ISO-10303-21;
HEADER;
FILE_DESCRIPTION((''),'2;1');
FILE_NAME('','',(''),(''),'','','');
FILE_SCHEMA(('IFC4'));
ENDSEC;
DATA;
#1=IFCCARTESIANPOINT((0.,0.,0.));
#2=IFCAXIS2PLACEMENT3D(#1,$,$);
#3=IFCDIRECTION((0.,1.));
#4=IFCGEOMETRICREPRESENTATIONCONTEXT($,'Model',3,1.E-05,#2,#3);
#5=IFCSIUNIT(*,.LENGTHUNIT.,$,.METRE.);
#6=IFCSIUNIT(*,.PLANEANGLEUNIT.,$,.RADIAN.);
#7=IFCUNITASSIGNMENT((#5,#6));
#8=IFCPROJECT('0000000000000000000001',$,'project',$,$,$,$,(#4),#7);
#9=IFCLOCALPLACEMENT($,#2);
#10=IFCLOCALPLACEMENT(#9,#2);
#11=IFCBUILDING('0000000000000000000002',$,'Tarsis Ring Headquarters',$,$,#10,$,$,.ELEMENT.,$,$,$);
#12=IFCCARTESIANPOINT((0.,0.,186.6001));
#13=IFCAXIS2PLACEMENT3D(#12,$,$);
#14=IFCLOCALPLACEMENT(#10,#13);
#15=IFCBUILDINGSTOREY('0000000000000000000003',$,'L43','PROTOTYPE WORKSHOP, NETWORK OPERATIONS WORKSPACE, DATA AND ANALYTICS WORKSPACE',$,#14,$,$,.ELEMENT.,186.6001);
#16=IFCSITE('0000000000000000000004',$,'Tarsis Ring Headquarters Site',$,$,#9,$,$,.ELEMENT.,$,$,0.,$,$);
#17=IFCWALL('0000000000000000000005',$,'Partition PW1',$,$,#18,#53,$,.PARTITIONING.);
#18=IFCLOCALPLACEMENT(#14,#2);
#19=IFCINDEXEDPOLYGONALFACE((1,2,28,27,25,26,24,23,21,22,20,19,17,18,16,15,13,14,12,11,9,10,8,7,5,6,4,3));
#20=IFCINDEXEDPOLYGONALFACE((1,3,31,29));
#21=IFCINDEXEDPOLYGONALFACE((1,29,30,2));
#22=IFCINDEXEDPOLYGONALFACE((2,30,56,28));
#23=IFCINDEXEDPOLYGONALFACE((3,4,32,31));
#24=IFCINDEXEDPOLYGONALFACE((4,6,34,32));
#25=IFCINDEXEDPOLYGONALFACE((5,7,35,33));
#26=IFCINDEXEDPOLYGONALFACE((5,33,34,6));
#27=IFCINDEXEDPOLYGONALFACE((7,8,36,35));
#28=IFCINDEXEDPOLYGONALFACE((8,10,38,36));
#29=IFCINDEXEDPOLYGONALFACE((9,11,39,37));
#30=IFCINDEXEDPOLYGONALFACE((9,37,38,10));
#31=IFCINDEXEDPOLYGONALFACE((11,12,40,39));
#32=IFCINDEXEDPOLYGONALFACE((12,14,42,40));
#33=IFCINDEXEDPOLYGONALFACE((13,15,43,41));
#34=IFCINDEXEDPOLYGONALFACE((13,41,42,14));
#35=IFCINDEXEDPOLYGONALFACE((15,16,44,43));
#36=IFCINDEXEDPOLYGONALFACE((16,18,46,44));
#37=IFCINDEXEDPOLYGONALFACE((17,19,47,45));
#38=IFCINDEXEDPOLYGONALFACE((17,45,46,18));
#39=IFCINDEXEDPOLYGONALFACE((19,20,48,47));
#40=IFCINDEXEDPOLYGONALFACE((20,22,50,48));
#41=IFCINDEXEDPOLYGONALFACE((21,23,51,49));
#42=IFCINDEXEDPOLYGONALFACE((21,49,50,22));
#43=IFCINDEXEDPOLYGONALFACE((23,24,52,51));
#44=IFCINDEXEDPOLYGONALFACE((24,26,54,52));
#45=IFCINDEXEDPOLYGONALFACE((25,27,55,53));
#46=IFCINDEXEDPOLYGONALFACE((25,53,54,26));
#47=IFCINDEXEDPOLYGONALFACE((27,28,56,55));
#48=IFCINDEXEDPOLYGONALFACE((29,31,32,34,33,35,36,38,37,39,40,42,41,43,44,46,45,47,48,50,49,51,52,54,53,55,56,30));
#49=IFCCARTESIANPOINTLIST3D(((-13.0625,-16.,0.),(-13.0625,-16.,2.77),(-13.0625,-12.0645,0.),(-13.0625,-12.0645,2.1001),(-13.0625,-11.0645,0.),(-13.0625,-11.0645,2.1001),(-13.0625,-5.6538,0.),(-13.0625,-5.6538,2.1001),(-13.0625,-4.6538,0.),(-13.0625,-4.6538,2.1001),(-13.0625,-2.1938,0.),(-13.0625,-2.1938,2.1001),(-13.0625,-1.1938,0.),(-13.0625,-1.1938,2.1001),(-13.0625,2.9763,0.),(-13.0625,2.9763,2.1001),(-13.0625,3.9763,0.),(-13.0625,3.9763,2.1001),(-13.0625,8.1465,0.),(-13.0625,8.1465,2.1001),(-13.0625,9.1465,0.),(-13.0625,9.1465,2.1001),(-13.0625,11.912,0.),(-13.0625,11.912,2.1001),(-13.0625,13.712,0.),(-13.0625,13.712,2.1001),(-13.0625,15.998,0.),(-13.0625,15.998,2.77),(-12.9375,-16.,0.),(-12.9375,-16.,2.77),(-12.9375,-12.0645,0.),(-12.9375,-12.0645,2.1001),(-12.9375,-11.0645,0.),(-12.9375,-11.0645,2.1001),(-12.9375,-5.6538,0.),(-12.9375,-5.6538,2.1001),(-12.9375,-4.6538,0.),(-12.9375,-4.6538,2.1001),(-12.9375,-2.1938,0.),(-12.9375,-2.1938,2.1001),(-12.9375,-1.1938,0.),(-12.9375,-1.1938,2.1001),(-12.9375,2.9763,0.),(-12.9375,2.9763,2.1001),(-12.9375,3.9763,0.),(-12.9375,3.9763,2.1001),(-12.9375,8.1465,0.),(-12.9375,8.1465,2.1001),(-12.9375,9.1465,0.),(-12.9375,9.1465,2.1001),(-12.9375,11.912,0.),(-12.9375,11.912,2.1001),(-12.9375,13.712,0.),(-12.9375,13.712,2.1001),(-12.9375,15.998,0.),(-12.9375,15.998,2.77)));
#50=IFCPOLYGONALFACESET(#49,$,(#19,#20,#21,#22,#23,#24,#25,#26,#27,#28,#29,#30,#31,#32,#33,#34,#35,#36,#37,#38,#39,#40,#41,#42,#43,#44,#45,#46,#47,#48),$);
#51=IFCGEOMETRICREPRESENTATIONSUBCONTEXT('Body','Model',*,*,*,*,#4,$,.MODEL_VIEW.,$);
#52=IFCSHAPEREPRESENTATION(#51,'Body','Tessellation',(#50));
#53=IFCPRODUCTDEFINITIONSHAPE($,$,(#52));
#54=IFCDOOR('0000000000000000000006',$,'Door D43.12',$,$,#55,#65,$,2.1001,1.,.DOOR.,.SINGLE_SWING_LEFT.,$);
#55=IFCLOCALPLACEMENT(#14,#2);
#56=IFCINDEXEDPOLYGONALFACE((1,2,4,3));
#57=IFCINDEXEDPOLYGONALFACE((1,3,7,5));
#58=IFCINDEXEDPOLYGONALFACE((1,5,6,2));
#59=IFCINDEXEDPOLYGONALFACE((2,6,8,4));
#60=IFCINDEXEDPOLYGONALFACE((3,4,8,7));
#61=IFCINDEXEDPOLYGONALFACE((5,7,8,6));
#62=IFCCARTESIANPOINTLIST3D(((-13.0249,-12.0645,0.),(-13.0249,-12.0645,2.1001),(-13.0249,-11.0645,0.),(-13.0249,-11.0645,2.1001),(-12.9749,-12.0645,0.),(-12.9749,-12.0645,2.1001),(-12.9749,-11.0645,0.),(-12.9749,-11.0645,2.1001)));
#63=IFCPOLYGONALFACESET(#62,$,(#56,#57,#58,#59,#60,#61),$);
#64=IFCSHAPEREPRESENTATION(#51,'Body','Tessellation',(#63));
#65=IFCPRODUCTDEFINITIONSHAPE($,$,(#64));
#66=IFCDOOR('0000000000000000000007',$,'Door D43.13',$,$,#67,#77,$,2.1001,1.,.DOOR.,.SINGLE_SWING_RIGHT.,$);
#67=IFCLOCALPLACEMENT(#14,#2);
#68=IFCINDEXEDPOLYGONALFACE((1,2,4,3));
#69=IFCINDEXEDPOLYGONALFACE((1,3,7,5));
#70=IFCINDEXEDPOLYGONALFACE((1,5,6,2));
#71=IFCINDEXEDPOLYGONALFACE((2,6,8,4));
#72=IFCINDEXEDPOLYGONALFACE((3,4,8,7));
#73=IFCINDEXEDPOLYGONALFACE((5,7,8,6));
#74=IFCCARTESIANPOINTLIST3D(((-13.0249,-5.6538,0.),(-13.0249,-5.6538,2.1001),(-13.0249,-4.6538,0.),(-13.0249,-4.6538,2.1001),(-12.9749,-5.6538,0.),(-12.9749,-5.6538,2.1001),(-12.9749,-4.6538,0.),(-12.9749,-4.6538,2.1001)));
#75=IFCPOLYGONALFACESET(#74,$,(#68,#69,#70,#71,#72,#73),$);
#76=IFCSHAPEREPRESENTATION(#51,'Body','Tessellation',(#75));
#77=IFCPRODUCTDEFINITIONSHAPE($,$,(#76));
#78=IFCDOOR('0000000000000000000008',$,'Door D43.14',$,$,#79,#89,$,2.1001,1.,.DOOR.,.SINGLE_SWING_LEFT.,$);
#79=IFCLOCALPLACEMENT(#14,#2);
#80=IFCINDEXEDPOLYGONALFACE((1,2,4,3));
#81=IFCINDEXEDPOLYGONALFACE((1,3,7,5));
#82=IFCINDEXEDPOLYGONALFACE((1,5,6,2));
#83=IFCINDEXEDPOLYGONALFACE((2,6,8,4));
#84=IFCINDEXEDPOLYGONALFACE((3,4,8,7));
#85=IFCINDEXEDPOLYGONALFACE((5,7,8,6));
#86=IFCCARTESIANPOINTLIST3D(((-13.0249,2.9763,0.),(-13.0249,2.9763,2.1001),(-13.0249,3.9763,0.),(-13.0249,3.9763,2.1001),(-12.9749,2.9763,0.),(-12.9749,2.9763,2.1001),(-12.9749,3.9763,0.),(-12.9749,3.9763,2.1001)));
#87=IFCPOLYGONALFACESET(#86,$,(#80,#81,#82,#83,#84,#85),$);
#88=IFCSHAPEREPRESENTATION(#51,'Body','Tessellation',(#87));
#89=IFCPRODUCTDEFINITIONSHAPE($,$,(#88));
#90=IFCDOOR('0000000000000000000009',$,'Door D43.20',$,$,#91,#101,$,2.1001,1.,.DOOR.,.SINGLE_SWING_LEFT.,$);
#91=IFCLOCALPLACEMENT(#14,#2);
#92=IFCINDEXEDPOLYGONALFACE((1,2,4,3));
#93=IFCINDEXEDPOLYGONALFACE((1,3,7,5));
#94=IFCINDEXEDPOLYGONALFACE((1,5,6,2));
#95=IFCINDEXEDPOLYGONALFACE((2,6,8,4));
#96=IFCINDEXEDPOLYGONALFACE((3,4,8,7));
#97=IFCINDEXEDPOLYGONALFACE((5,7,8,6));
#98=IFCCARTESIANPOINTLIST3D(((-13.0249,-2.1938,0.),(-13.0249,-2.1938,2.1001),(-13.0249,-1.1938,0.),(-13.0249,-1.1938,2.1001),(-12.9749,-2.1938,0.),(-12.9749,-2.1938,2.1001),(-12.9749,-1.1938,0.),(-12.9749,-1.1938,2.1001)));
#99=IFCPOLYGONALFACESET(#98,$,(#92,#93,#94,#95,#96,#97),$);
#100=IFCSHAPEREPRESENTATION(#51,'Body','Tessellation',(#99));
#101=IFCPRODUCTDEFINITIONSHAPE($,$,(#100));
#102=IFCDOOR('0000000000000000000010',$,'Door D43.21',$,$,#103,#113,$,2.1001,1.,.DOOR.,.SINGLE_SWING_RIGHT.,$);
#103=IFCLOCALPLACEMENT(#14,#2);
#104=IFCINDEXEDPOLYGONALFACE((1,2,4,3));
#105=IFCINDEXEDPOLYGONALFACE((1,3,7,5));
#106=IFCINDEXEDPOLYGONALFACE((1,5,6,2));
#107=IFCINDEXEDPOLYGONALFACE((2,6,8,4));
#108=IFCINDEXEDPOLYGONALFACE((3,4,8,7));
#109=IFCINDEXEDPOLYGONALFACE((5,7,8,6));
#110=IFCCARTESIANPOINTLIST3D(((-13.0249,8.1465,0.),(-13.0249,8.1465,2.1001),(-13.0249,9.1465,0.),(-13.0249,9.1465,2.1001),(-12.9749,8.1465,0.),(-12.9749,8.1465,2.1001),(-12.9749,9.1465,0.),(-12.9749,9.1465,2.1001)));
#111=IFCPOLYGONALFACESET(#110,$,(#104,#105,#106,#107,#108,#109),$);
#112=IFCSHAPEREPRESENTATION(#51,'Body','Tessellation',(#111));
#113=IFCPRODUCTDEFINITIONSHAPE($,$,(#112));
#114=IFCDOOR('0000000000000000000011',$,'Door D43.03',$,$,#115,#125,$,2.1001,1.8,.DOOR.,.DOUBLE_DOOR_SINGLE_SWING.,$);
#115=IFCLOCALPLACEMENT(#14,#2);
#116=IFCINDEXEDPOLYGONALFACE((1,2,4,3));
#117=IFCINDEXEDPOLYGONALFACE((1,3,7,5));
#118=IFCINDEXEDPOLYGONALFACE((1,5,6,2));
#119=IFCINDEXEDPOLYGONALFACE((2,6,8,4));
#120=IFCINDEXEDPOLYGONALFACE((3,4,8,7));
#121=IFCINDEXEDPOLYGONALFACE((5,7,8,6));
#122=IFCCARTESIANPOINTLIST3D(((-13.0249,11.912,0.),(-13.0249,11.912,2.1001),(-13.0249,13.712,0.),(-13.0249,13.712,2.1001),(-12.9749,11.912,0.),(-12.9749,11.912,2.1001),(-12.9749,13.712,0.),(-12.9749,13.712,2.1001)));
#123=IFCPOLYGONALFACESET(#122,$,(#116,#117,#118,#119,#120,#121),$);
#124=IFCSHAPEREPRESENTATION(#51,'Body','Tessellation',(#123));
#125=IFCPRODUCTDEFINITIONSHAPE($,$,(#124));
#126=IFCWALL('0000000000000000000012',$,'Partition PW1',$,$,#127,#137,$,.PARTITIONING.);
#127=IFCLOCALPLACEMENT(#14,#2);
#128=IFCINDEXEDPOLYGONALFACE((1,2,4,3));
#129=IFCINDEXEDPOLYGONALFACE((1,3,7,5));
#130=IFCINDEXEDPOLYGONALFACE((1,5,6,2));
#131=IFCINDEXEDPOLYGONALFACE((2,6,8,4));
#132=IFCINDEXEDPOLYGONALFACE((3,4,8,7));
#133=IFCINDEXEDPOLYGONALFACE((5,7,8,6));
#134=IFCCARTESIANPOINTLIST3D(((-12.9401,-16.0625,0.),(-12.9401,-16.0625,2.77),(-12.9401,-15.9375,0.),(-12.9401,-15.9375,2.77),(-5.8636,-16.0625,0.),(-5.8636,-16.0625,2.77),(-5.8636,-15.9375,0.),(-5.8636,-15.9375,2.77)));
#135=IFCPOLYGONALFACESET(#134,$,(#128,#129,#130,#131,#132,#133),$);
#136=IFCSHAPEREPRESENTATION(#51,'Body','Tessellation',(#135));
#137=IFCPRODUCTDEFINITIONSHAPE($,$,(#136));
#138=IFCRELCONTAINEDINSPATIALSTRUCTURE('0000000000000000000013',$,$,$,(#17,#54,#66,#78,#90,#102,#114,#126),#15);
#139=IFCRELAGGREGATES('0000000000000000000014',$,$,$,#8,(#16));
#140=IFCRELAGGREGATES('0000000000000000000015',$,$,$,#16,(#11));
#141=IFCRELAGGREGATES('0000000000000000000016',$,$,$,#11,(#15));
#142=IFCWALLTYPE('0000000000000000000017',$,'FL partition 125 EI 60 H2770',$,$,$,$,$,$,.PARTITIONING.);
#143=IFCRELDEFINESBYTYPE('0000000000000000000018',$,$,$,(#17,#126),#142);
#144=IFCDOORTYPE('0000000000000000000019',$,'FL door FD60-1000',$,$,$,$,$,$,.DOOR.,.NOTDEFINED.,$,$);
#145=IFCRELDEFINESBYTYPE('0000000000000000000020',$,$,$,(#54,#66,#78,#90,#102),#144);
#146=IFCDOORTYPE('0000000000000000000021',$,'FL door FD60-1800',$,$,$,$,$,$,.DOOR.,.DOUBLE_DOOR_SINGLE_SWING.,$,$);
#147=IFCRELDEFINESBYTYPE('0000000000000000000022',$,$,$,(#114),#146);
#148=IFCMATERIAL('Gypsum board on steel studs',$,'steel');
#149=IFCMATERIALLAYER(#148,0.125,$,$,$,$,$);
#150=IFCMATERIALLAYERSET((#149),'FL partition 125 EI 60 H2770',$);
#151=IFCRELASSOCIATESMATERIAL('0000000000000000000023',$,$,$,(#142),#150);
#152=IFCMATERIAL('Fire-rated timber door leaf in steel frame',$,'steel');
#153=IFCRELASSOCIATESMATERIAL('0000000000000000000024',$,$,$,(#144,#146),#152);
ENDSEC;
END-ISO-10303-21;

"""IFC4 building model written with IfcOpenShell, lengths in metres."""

from ifc_helpers import new_model, si_unit, direction, frame, frame_2d, origin, place, context, subcontext, project, spatial, rectangle, extrude, material, layer, layer_set, type_object, element, fill, save


model = new_model("IFC4")

# Units and contexts
model_context = context("Model", 3, precision=1e-05, world=origin(), true_north=direction((0.0, 1.0)))
body_context = subcontext(model_context, "Body", "Model", "MODEL_VIEW")
ifc_project = project(units=[si_unit("LENGTHUNIT", "METRE"), si_unit("PLANEANGLEUNIT", "RADIAN")], contexts=[model_context])

# Site, building, storey
site_placement = place(None, origin())
site = spatial("IfcSite", under=ifc_project, at=site_placement, Name="Tarsis Ring Headquarters Site", CompositionType="ELEMENT", RefElevation=0.0)
building_placement = place(site_placement, origin())
building = spatial("IfcBuilding", under=site, at=building_placement, Name="Tarsis Ring Headquarters", CompositionType="ELEMENT")
storey_placement = place(building_placement, frame((0.0, 0.0, 186.6001)))
storey = spatial("IfcBuildingStorey", under=building, at=storey_placement, Name="L43", Description="PROTOTYPE WORKSHOP, NETWORK OPERATIONS WORKSPACE, DATA AND ANALYTICS WORKSPACE", CompositionType="ELEMENT", Elevation=186.6001)

# Shared definitions
ifc_material_1 = material(Name="Gypsum board on steel studs", Category="steel")

# Wall, openings, doors
ifc_layer_1 = layer(ifc_material_1, 0.125)
ifc_layer_set_1 = layer_set([ifc_layer_1], Name="FL partition 125 EI 60 H2770")
wall_type_1 = type_object("IfcWallType", Name="FL partition 125 EI 60 H2770", PredefinedType="PARTITIONING", material=ifc_layer_set_1)
wall_1_placement = place(storey_placement, frame((-13.0, -16.0, 0.0), z_axis=(0.0, 0.0, 1.0), x_axis=(0.0, 1.0, 0.0)))
wall_1 = element("IfcWall", 1, at=wall_1_placement, inside=storey, type_object=wall_type_1, Name="Partition PW1", PredefinedType="PARTITIONING", context=body_context, shape_type="SweptSolid", body=[
    extrude(rectangle(XDim=31.998, YDim=0.125, at=frame_2d((15.999, 0.0))), origin(), (0.0, 0.0, 1.0), 2.77),
])
opening_1_placement = place(wall_1_placement, frame((27.9121, 0.0, 0.0)))
opening_1 = element("IfcOpeningElement", 2, at=opening_1_placement, cuts=wall_1, PredefinedType="OPENING", context=body_context, shape_type="SweptSolid", body=[
    extrude(rectangle(XDim=1.8, YDim=2.1001, at=frame_2d((0.8999, 1.05))), frame((0.0, 0.0725, 0.0), z_axis=(0.0, -1.0, 0.0), x_axis=(1.0, 0.0, 0.0)), (0.0, 0.0, 1.0), 0.145),
])
opening_2_placement = place(wall_1_placement, frame((3.9355, 0.0, 0.0)))
opening_2 = element("IfcOpeningElement", 3, at=opening_2_placement, cuts=wall_1, PredefinedType="OPENING", context=body_context, shape_type="SweptSolid", body=[
    extrude(rectangle(XDim=1.0, YDim=2.1001, at=frame_2d((0.5, 1.05))), frame((0.0, 0.0725, 0.0), z_axis=(0.0, -1.0, 0.0), x_axis=(1.0, 0.0, 0.0)), (0.0, 0.0, 1.0), 0.145),
])
opening_3_placement = place(wall_1_placement, frame((10.3462, 0.0, 0.0)))
opening_3 = element("IfcOpeningElement", 4, at=opening_3_placement, cuts=wall_1, PredefinedType="OPENING", context=body_context, shape_type="SweptSolid", body=[
    extrude(rectangle(XDim=1.0, YDim=2.1001, at=frame_2d((0.5, 1.05))), frame((0.0, 0.0725, 0.0), z_axis=(0.0, -1.0, 0.0), x_axis=(1.0, 0.0, 0.0)), (0.0, 0.0, 1.0), 0.145),
])
opening_4_placement = place(wall_1_placement, frame((18.9763, 0.0, 0.0)))
opening_4 = element("IfcOpeningElement", 5, at=opening_4_placement, cuts=wall_1, PredefinedType="OPENING", context=body_context, shape_type="SweptSolid", body=[
    extrude(rectangle(XDim=1.0, YDim=2.1001, at=frame_2d((0.5, 1.05))), frame((0.0, 0.0725, 0.0), z_axis=(0.0, -1.0, 0.0), x_axis=(1.0, 0.0, 0.0)), (0.0, 0.0, 1.0), 0.145),
])
opening_5_placement = place(wall_1_placement, frame((13.8062, 0.0, 0.0)))
opening_5 = element("IfcOpeningElement", 6, at=opening_5_placement, cuts=wall_1, PredefinedType="OPENING", context=body_context, shape_type="SweptSolid", body=[
    extrude(rectangle(XDim=1.0, YDim=2.1001, at=frame_2d((0.5, 1.05))), frame((0.0, 0.0725, 0.0), z_axis=(0.0, -1.0, 0.0), x_axis=(1.0, 0.0, 0.0)), (0.0, 0.0, 1.0), 0.145),
])
opening_6_placement = place(wall_1_placement, frame((24.1465, 0.0, 0.0)))
opening_6 = element("IfcOpeningElement", 7, at=opening_6_placement, cuts=wall_1, PredefinedType="OPENING", context=body_context, shape_type="SweptSolid", body=[
    extrude(rectangle(XDim=1.0, YDim=2.1001, at=frame_2d((0.5, 1.05))), frame((0.0, 0.0725, 0.0), z_axis=(0.0, -1.0, 0.0), x_axis=(1.0, 0.0, 0.0)), (0.0, 0.0, 1.0), 0.145),
])
ifc_material_2 = material(Name="Fire-rated timber door leaf in steel frame", Category="steel")
door_type_1 = type_object("IfcDoorType", Name="FL door FD60-1000", OperationType="NOTDEFINED", PredefinedType="DOOR", material=ifc_material_2)
door_1_placement = place(opening_2_placement, origin())
door_1 = element("IfcDoor", 8, at=door_1_placement, inside=storey, type_object=door_type_1, Name="Door D43.12", OperationType="SINGLE_SWING_LEFT", OverallHeight=2.1001, OverallWidth=1.0, PredefinedType="DOOR", context=body_context, shape_type="SweptSolid", body=[
    extrude(rectangle(XDim=1.0, YDim=2.1001, at=frame_2d((0.5, 1.05))), frame((0.0, 0.0249, 0.0), z_axis=(0.0, -1.0, 0.0), x_axis=(1.0, 0.0, 0.0)), (0.0, 0.0, 1.0), 0.05),
])
fill(opening_2, door_1)
door_2_placement = place(opening_3_placement, origin())
door_2 = element("IfcDoor", 9, at=door_2_placement, inside=storey, type_object=door_type_1, Name="Door D43.13", OperationType="SINGLE_SWING_RIGHT", OverallHeight=2.1001, OverallWidth=1.0, PredefinedType="DOOR", context=body_context, shape_type="SweptSolid", body=[
    extrude(rectangle(XDim=1.0, YDim=2.1001, at=frame_2d((0.5, 1.05))), frame((0.0, 0.0249, 0.0), z_axis=(0.0, -1.0, 0.0), x_axis=(1.0, 0.0, 0.0)), (0.0, 0.0, 1.0), 0.05),
])
fill(opening_3, door_2)
door_3_placement = place(opening_4_placement, origin())
door_3 = element("IfcDoor", 10, at=door_3_placement, inside=storey, type_object=door_type_1, Name="Door D43.14", OperationType="SINGLE_SWING_LEFT", OverallHeight=2.1001, OverallWidth=1.0, PredefinedType="DOOR", context=body_context, shape_type="SweptSolid", body=[
    extrude(rectangle(XDim=1.0, YDim=2.1001, at=frame_2d((0.5, 1.05))), frame((0.0, 0.0249, 0.0), z_axis=(0.0, -1.0, 0.0), x_axis=(1.0, 0.0, 0.0)), (0.0, 0.0, 1.0), 0.05),
])
fill(opening_4, door_3)
door_4_placement = place(opening_5_placement, origin())
door_4 = element("IfcDoor", 11, at=door_4_placement, inside=storey, type_object=door_type_1, Name="Door D43.20", OperationType="SINGLE_SWING_LEFT", OverallHeight=2.1001, OverallWidth=1.0, PredefinedType="DOOR", context=body_context, shape_type="SweptSolid", body=[
    extrude(rectangle(XDim=1.0, YDim=2.1001, at=frame_2d((0.5, 1.05))), frame((0.0, 0.0249, 0.0), z_axis=(0.0, -1.0, 0.0), x_axis=(1.0, 0.0, 0.0)), (0.0, 0.0, 1.0), 0.05),
])
fill(opening_5, door_4)
door_5_placement = place(opening_6_placement, origin())
door_5 = element("IfcDoor", 12, at=door_5_placement, inside=storey, type_object=door_type_1, Name="Door D43.21", OperationType="SINGLE_SWING_RIGHT", OverallHeight=2.1001, OverallWidth=1.0, PredefinedType="DOOR", context=body_context, shape_type="SweptSolid", body=[
    extrude(rectangle(XDim=1.0, YDim=2.1001, at=frame_2d((0.5, 1.05))), frame((0.0, 0.0249, 0.0), z_axis=(0.0, -1.0, 0.0), x_axis=(1.0, 0.0, 0.0)), (0.0, 0.0, 1.0), 0.05),
])
fill(opening_6, door_5)
door_type_2 = type_object("IfcDoorType", Name="FL door FD60-1800", OperationType="DOUBLE_DOOR_SINGLE_SWING", PredefinedType="DOOR", material=ifc_material_2)
door_6_placement = place(opening_1_placement, origin())
door_6 = element("IfcDoor", 13, at=door_6_placement, inside=storey, type_object=door_type_2, Name="Door D43.03", OperationType="DOUBLE_DOOR_SINGLE_SWING", OverallHeight=2.1001, OverallWidth=1.8, PredefinedType="DOOR", context=body_context, shape_type="SweptSolid", body=[
    extrude(rectangle(XDim=1.8, YDim=2.1001, at=frame_2d((0.8999, 1.05))), frame((0.0, 0.0249, 0.0), z_axis=(0.0, -1.0, 0.0), x_axis=(1.0, 0.0, 0.0)), (0.0, 0.0, 1.0), 0.05),
])
fill(opening_1, door_6)

# Wall
wall_2_placement = place(storey_placement, frame((-12.9399, -16.0, 0.0), z_axis=(0.0, 0.0, 1.0), x_axis=(1.0, 0.0, 0.0)))
element("IfcWall", 14, at=wall_2_placement, inside=storey, type_object=wall_type_1, Name="Partition PW1", PredefinedType="PARTITIONING", context=body_context, shape_type="SweptSolid", body=[
    extrude(rectangle(XDim=7.0764, YDim=0.125, at=frame_2d((3.5381, 0.0))), origin(), (0.0, 0.0, 1.0), 2.77),
])

save(model, "model.ifc")
